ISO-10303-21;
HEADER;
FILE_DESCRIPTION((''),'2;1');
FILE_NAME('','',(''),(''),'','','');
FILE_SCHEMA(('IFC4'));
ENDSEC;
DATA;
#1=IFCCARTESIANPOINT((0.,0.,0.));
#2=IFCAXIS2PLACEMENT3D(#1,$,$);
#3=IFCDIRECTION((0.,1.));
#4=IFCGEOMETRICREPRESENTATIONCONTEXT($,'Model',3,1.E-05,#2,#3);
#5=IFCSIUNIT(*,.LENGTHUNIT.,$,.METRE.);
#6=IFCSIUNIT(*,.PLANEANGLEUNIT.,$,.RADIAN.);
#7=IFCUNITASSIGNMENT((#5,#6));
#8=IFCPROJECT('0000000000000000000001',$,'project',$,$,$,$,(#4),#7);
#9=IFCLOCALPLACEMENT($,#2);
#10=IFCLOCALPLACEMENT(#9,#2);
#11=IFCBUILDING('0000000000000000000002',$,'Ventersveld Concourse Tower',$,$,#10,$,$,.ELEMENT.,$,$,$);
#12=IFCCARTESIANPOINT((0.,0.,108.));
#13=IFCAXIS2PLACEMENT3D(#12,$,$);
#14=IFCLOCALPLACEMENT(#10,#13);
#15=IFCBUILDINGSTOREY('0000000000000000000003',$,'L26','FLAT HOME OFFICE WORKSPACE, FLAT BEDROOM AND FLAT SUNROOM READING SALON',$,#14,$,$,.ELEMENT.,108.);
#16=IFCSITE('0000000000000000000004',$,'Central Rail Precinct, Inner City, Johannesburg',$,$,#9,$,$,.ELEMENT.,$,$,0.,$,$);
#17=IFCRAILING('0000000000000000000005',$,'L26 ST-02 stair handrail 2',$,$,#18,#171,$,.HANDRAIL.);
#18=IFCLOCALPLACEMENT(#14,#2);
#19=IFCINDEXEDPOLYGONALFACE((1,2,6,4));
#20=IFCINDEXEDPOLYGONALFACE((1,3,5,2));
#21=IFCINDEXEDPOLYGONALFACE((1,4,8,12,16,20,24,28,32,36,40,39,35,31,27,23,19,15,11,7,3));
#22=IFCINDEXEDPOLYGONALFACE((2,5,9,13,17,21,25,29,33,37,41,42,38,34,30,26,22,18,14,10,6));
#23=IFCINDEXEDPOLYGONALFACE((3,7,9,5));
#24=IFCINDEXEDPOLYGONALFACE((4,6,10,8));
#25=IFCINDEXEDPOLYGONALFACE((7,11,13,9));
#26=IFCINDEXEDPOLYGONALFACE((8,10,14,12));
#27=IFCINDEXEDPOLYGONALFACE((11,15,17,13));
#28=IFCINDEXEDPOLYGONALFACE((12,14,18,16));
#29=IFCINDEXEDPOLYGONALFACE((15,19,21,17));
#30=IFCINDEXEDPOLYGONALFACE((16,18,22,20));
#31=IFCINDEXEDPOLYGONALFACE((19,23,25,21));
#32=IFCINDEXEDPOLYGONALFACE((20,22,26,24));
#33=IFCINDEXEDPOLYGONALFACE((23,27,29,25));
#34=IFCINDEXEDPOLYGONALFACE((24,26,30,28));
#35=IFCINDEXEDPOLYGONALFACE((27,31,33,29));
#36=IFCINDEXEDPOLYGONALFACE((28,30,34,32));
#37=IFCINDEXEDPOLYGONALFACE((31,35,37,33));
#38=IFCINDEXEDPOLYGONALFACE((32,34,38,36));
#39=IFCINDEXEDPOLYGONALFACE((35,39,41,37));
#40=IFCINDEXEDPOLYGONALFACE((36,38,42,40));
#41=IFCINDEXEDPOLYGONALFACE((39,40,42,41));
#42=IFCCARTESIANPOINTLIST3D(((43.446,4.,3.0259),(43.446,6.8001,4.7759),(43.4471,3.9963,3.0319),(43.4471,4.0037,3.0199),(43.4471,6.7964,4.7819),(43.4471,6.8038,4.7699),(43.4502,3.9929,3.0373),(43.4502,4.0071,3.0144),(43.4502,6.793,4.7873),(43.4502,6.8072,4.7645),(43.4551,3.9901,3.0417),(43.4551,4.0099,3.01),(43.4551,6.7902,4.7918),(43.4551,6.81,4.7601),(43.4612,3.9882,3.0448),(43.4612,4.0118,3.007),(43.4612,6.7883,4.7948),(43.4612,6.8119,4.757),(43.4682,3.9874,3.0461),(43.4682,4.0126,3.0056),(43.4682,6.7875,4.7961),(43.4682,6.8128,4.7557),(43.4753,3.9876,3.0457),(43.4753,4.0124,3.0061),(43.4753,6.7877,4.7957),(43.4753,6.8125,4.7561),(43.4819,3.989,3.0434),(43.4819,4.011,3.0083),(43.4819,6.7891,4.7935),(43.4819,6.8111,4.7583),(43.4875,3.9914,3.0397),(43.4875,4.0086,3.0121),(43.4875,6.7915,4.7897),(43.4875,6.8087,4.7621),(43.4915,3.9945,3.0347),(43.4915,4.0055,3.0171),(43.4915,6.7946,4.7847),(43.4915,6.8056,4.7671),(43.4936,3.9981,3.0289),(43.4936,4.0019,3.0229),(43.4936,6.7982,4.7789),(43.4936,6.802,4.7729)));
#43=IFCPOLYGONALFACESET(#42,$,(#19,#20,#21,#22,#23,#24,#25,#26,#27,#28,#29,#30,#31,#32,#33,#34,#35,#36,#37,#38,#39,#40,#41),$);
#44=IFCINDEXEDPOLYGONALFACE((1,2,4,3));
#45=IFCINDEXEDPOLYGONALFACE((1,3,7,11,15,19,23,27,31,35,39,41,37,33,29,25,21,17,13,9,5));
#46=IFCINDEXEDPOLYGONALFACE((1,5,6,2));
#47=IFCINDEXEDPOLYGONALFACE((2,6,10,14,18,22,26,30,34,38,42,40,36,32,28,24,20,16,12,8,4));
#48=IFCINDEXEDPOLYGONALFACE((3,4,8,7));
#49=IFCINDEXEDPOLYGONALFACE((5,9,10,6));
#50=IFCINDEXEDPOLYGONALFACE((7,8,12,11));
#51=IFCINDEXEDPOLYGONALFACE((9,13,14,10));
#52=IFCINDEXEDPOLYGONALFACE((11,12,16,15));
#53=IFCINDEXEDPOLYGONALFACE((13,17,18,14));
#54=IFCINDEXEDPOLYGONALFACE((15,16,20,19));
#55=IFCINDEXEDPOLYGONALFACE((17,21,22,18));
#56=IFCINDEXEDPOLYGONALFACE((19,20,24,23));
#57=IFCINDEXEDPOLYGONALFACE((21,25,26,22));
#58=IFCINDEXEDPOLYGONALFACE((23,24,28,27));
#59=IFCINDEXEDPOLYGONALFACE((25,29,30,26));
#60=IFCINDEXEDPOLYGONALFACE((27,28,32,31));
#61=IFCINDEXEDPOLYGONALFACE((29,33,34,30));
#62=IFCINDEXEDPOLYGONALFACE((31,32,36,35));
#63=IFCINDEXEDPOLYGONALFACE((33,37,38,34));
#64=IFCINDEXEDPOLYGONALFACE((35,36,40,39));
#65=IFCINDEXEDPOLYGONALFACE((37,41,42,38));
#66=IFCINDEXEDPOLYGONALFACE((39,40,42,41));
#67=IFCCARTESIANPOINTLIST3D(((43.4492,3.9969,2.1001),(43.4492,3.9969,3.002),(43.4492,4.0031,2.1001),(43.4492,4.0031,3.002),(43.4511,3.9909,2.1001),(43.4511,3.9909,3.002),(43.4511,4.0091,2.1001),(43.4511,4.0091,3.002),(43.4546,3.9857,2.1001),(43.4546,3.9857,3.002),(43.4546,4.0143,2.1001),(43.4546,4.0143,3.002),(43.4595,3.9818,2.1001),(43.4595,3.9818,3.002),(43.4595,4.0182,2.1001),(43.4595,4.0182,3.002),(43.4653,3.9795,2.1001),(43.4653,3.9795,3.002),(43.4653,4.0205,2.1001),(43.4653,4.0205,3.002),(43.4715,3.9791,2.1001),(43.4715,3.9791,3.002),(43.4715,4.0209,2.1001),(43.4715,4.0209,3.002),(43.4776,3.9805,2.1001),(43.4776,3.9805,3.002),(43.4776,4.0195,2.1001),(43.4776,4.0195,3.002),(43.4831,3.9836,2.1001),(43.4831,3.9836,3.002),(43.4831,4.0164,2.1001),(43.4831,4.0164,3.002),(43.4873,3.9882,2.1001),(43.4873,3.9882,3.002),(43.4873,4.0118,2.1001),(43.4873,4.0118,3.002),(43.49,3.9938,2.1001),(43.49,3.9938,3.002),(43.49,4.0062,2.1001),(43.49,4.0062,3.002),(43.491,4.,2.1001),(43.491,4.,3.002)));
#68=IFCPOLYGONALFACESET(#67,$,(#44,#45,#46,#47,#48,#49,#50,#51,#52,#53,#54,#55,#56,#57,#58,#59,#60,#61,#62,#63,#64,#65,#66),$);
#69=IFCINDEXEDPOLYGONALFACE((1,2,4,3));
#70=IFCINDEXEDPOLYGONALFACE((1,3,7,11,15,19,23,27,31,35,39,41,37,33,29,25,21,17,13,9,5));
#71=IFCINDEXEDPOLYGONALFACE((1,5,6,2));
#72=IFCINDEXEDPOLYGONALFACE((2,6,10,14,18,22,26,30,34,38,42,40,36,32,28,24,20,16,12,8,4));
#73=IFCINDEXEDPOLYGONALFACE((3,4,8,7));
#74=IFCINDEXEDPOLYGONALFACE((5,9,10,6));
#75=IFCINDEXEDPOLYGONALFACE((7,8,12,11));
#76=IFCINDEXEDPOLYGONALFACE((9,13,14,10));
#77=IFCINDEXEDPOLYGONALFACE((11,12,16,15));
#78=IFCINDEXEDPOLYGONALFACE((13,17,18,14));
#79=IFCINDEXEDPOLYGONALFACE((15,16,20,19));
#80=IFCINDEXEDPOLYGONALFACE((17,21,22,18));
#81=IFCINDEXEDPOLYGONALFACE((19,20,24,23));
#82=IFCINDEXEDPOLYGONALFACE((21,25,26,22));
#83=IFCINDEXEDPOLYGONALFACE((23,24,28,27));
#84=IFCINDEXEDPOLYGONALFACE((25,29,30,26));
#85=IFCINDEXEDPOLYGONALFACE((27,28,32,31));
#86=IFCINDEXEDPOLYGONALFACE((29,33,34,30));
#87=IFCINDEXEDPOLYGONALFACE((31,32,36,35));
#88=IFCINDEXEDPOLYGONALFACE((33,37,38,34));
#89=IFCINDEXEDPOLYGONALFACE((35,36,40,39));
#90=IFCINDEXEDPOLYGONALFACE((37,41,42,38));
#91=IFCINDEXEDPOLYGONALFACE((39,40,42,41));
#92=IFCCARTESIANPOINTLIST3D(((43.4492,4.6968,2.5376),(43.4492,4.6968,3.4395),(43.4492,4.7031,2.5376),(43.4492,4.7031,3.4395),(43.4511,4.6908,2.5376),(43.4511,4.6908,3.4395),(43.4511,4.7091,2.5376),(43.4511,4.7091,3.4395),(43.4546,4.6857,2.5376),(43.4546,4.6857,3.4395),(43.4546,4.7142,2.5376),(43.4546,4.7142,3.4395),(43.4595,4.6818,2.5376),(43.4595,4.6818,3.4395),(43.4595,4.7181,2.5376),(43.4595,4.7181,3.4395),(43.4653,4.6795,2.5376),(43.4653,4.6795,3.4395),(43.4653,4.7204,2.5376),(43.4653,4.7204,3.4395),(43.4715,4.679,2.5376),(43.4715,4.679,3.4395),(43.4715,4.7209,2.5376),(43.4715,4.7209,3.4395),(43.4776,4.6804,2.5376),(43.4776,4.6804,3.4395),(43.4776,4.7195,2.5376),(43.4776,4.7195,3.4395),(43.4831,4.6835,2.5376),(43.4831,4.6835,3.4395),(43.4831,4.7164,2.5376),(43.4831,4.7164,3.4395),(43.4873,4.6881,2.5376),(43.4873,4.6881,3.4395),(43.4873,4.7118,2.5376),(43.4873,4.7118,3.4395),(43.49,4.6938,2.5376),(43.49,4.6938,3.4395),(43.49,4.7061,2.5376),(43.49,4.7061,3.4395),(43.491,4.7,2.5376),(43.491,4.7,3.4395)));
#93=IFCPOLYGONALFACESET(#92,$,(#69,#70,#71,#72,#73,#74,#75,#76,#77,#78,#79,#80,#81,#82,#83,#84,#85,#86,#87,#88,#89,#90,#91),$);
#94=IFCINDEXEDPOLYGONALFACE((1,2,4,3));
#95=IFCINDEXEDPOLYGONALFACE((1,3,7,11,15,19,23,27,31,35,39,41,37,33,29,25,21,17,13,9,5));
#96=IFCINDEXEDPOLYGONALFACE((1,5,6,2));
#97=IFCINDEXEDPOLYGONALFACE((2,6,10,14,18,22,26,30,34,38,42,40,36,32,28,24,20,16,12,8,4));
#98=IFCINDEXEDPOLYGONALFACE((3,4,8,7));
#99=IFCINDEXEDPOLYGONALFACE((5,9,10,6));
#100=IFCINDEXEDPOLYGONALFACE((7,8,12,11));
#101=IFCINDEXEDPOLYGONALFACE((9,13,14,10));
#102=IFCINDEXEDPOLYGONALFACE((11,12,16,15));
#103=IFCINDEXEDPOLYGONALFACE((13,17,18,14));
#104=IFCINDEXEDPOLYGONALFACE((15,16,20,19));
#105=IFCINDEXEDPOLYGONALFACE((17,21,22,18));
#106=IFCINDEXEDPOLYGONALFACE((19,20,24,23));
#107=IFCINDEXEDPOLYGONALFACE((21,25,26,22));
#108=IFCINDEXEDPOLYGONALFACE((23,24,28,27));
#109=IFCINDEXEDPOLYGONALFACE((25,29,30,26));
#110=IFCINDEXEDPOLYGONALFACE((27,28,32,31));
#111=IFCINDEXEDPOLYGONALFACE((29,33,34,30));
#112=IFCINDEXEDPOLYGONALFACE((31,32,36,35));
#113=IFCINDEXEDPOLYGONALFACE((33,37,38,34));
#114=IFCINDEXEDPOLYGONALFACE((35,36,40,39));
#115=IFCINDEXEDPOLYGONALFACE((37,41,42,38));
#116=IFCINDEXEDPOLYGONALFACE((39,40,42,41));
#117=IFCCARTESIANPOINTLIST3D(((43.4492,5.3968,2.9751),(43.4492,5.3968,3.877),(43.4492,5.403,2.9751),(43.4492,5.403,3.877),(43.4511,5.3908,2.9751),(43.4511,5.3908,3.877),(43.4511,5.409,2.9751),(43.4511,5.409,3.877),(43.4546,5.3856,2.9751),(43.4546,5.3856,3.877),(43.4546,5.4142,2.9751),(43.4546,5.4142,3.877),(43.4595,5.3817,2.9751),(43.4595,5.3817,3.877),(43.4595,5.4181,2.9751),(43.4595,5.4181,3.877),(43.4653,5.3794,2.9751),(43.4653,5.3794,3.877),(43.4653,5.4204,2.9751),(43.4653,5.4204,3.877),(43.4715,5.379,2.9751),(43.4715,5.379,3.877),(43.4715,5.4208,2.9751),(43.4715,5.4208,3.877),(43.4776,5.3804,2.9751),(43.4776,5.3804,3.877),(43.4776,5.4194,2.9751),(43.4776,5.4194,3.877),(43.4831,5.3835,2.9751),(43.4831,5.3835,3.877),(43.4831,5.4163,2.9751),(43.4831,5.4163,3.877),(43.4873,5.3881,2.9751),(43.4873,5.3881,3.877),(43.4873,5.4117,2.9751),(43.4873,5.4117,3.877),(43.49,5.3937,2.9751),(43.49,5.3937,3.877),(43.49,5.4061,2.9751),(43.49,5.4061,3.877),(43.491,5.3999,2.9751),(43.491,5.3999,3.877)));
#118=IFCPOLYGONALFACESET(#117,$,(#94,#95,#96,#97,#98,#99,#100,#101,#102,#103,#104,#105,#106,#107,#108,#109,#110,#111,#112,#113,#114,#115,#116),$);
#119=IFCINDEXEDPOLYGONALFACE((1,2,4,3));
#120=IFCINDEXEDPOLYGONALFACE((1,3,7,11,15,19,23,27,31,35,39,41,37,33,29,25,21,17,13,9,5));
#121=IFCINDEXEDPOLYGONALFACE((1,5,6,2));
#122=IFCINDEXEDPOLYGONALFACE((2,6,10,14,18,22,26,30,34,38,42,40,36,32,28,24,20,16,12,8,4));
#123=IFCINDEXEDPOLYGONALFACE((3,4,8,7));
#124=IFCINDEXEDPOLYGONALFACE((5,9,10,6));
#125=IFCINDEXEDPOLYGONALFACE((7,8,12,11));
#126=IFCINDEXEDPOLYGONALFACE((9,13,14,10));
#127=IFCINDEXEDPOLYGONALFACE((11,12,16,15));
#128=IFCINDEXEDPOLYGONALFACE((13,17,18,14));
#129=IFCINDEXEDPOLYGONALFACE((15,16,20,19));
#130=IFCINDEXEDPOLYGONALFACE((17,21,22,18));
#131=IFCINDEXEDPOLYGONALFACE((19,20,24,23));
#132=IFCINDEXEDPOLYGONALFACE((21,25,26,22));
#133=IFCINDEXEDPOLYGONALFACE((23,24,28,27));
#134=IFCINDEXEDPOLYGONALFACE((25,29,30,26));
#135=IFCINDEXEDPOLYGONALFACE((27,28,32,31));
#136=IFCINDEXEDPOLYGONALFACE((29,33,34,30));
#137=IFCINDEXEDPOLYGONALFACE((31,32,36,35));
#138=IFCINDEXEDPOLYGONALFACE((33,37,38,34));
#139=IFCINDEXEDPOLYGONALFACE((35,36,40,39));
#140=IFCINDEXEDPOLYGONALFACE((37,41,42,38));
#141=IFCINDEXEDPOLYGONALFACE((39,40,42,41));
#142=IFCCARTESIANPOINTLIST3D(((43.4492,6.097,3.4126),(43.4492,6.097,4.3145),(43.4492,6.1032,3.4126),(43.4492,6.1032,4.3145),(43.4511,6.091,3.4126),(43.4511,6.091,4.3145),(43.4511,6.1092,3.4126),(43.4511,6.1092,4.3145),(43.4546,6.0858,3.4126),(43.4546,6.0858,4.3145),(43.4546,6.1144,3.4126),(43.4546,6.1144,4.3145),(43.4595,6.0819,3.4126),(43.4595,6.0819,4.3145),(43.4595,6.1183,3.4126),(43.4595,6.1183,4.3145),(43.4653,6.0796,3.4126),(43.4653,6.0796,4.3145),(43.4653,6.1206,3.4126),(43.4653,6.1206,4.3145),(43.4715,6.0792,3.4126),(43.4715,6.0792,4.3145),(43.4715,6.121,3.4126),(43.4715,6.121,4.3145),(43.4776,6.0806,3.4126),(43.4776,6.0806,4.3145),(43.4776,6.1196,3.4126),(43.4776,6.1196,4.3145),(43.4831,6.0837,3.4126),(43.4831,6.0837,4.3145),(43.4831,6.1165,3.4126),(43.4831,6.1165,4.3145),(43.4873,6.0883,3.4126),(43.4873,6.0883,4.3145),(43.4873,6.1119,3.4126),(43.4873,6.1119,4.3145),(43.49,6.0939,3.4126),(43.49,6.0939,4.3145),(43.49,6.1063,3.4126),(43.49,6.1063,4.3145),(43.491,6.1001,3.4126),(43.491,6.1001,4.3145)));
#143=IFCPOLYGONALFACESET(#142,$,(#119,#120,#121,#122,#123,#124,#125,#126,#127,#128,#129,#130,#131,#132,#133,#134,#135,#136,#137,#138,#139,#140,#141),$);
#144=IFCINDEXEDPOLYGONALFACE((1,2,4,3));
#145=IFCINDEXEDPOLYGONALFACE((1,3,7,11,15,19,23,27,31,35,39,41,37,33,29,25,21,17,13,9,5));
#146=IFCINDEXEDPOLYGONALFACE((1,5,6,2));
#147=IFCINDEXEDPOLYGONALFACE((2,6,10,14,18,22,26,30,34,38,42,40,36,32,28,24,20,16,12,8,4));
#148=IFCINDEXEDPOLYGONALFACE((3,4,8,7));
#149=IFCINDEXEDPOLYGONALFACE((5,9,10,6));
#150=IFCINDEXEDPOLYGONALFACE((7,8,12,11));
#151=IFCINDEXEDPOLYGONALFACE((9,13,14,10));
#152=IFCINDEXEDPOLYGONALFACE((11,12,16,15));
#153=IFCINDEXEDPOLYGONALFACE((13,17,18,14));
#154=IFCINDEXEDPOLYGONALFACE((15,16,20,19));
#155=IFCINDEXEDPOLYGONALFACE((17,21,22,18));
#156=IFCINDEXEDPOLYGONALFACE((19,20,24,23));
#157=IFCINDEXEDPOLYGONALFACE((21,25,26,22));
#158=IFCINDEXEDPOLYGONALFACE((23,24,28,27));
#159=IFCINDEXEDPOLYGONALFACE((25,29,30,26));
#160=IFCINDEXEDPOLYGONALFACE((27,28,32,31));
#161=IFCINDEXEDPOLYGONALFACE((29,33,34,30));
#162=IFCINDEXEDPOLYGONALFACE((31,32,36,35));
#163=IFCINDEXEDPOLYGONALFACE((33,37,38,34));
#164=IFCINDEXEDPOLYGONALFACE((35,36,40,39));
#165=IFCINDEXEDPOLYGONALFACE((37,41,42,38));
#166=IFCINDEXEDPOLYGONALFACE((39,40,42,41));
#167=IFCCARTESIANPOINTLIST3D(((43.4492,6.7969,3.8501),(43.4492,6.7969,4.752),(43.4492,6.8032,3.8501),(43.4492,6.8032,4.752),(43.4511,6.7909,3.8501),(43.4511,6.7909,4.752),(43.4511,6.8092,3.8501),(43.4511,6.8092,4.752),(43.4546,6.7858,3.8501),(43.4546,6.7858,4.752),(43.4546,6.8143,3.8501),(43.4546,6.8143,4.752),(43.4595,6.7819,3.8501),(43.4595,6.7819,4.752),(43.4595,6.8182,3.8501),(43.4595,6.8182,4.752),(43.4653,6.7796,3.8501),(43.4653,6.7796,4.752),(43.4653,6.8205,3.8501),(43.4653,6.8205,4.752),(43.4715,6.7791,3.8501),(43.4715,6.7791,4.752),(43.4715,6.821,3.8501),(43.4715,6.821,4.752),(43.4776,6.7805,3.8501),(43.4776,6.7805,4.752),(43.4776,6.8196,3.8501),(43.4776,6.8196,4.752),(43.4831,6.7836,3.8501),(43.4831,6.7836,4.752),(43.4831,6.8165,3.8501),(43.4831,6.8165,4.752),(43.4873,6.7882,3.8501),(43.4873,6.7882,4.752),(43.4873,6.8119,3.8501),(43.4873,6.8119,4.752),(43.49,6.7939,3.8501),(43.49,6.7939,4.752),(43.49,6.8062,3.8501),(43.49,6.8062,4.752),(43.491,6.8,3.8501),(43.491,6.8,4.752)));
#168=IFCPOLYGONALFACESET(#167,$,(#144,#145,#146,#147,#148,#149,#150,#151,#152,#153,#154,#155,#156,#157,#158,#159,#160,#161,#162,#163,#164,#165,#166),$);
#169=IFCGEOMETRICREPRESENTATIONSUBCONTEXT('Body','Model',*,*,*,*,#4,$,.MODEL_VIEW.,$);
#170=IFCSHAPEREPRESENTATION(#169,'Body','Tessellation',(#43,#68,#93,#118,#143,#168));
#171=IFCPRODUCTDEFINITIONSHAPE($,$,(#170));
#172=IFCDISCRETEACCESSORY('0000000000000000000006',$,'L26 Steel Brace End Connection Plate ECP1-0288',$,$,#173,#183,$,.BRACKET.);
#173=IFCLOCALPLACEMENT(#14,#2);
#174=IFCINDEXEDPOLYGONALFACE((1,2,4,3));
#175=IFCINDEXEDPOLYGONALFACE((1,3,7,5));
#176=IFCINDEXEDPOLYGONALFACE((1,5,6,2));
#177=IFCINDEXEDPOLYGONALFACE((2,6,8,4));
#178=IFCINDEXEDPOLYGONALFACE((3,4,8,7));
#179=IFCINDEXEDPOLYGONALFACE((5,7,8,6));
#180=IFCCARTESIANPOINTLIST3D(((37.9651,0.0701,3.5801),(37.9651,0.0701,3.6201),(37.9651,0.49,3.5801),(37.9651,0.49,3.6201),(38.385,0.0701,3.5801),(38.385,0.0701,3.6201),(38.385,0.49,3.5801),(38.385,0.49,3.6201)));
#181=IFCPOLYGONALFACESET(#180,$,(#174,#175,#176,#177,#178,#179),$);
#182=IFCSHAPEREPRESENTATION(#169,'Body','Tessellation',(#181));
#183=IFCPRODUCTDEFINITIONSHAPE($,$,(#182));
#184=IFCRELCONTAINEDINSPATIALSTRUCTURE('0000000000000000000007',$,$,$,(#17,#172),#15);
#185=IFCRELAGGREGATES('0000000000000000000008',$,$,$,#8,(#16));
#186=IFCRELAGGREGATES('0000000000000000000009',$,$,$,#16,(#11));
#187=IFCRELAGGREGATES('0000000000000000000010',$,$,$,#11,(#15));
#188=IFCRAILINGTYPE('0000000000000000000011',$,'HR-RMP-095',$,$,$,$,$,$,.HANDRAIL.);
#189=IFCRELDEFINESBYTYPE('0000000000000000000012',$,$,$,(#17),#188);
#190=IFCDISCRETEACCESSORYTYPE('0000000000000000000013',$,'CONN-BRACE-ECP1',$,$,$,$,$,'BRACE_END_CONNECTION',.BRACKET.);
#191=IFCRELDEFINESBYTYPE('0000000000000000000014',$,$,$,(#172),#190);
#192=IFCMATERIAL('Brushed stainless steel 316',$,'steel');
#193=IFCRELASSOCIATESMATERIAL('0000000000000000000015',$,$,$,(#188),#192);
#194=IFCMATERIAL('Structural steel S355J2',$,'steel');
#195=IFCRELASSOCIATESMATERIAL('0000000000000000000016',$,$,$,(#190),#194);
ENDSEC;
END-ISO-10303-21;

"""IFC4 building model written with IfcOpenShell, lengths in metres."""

from ifc_helpers import new_model, si_unit, direction, frame, origin, origin_2d, place, context, subcontext, project, spatial, rectangle, circle, extrude, material, type_object, element, save


model = new_model("IFC4")

# Units and contexts
model_context = context("Model", 3, precision=1e-05, world=origin(), true_north=direction((0.0, 1.0)))
body_context = subcontext(model_context, "Body", "Model", "MODEL_VIEW")
ifc_project = project(units=[si_unit("LENGTHUNIT", "METRE"), si_unit("PLANEANGLEUNIT", "RADIAN")], contexts=[model_context])

# Site, building, storey
site_placement = place(None, origin())
site = spatial("IfcSite", under=ifc_project, at=site_placement, Name="Central Rail Precinct, Inner City, Johannesburg", CompositionType="ELEMENT", RefElevation=0.0)
building_placement = place(site_placement, origin())
building = spatial("IfcBuilding", under=site, at=building_placement, Name="Ventersveld Concourse Tower", CompositionType="ELEMENT")
storey_placement = place(building_placement, frame((0.0, 0.0, 108.0)))
storey = spatial("IfcBuildingStorey", under=building, at=storey_placement, Name="L26", Description="FLAT HOME OFFICE WORKSPACE, FLAT BEDROOM AND FLAT SUNROOM READING SALON", CompositionType="ELEMENT", Elevation=108.0)

# Shared definitions
ifc_material_1 = material(Name="Brushed stainless steel 316", Category="steel")

# Railing
railing_type_1 = type_object("IfcRailingType", Name="HR-RMP-095", PredefinedType="HANDRAIL", material=ifc_material_1)
railing_1_placement = place(storey_placement, frame((43.47, 4.0, 2.1001)))
element("IfcRailing", 1, at=railing_1_placement, inside=storey, type_object=railing_type_1, Name="L26 ST-02 stair handrail 2", PredefinedType="HANDRAIL", context=body_context, shape_type="SweptSolid", body=[
    extrude(circle(Radius=0.0239, at=origin_2d()), frame((0.0, 0.0, 0.9258), z_axis=(0.0, 0.848002, 0.529992), x_axis=(-1.0, 0.0, 0.0)), (0.0, 0.0, 1.0), 3.302),
    extrude(circle(Radius=0.021, at=origin_2d()), origin(), (0.0, 0.0, 1.0), 0.9019),
    extrude(circle(Radius=0.021, at=origin_2d()), frame((0.0, 0.7, 0.4375)), (0.0, 0.0, 1.0), 0.9019),
    extrude(circle(Radius=0.021, at=origin_2d()), frame((0.0, 1.3999, 0.875)), (0.0, 0.0, 1.0), 0.9019),
    extrude(circle(Radius=0.021, at=origin_2d()), frame((0.0, 2.1001, 1.3125)), (0.0, 0.0, 1.0), 0.9019),
    extrude(circle(Radius=0.021, at=origin_2d()), frame((0.0, 2.8, 1.75)), (0.0, 0.0, 1.0), 0.9019),
])

# Discrete accessory
ifc_material_2 = material(Name="Structural steel S355J2", Category="steel")
discrete_accessory_type = type_object("IfcDiscreteAccessoryType", Name="CONN-BRACE-ECP1", ElementType="BRACE_END_CONNECTION", PredefinedType="BRACKET", material=ifc_material_2)
discrete_accessory_placement = place(storey_placement, frame((38.175, 0.28, 3.5801), z_axis=(0.0, 0.0, 1.0), x_axis=(1.0, 0.0, 0.0)))
element("IfcDiscreteAccessory", 2, at=discrete_accessory_placement, inside=storey, type_object=discrete_accessory_type, Name="L26 Steel Brace End Connection Plate ECP1-0288", PredefinedType="BRACKET", context=body_context, shape_type="SweptSolid", body=[
    extrude(rectangle(XDim=0.4199, YDim=0.4199, at=origin_2d()), origin(), (0.0, 0.0, 1.0), 0.04),
])

save(model, "model.ifc")
